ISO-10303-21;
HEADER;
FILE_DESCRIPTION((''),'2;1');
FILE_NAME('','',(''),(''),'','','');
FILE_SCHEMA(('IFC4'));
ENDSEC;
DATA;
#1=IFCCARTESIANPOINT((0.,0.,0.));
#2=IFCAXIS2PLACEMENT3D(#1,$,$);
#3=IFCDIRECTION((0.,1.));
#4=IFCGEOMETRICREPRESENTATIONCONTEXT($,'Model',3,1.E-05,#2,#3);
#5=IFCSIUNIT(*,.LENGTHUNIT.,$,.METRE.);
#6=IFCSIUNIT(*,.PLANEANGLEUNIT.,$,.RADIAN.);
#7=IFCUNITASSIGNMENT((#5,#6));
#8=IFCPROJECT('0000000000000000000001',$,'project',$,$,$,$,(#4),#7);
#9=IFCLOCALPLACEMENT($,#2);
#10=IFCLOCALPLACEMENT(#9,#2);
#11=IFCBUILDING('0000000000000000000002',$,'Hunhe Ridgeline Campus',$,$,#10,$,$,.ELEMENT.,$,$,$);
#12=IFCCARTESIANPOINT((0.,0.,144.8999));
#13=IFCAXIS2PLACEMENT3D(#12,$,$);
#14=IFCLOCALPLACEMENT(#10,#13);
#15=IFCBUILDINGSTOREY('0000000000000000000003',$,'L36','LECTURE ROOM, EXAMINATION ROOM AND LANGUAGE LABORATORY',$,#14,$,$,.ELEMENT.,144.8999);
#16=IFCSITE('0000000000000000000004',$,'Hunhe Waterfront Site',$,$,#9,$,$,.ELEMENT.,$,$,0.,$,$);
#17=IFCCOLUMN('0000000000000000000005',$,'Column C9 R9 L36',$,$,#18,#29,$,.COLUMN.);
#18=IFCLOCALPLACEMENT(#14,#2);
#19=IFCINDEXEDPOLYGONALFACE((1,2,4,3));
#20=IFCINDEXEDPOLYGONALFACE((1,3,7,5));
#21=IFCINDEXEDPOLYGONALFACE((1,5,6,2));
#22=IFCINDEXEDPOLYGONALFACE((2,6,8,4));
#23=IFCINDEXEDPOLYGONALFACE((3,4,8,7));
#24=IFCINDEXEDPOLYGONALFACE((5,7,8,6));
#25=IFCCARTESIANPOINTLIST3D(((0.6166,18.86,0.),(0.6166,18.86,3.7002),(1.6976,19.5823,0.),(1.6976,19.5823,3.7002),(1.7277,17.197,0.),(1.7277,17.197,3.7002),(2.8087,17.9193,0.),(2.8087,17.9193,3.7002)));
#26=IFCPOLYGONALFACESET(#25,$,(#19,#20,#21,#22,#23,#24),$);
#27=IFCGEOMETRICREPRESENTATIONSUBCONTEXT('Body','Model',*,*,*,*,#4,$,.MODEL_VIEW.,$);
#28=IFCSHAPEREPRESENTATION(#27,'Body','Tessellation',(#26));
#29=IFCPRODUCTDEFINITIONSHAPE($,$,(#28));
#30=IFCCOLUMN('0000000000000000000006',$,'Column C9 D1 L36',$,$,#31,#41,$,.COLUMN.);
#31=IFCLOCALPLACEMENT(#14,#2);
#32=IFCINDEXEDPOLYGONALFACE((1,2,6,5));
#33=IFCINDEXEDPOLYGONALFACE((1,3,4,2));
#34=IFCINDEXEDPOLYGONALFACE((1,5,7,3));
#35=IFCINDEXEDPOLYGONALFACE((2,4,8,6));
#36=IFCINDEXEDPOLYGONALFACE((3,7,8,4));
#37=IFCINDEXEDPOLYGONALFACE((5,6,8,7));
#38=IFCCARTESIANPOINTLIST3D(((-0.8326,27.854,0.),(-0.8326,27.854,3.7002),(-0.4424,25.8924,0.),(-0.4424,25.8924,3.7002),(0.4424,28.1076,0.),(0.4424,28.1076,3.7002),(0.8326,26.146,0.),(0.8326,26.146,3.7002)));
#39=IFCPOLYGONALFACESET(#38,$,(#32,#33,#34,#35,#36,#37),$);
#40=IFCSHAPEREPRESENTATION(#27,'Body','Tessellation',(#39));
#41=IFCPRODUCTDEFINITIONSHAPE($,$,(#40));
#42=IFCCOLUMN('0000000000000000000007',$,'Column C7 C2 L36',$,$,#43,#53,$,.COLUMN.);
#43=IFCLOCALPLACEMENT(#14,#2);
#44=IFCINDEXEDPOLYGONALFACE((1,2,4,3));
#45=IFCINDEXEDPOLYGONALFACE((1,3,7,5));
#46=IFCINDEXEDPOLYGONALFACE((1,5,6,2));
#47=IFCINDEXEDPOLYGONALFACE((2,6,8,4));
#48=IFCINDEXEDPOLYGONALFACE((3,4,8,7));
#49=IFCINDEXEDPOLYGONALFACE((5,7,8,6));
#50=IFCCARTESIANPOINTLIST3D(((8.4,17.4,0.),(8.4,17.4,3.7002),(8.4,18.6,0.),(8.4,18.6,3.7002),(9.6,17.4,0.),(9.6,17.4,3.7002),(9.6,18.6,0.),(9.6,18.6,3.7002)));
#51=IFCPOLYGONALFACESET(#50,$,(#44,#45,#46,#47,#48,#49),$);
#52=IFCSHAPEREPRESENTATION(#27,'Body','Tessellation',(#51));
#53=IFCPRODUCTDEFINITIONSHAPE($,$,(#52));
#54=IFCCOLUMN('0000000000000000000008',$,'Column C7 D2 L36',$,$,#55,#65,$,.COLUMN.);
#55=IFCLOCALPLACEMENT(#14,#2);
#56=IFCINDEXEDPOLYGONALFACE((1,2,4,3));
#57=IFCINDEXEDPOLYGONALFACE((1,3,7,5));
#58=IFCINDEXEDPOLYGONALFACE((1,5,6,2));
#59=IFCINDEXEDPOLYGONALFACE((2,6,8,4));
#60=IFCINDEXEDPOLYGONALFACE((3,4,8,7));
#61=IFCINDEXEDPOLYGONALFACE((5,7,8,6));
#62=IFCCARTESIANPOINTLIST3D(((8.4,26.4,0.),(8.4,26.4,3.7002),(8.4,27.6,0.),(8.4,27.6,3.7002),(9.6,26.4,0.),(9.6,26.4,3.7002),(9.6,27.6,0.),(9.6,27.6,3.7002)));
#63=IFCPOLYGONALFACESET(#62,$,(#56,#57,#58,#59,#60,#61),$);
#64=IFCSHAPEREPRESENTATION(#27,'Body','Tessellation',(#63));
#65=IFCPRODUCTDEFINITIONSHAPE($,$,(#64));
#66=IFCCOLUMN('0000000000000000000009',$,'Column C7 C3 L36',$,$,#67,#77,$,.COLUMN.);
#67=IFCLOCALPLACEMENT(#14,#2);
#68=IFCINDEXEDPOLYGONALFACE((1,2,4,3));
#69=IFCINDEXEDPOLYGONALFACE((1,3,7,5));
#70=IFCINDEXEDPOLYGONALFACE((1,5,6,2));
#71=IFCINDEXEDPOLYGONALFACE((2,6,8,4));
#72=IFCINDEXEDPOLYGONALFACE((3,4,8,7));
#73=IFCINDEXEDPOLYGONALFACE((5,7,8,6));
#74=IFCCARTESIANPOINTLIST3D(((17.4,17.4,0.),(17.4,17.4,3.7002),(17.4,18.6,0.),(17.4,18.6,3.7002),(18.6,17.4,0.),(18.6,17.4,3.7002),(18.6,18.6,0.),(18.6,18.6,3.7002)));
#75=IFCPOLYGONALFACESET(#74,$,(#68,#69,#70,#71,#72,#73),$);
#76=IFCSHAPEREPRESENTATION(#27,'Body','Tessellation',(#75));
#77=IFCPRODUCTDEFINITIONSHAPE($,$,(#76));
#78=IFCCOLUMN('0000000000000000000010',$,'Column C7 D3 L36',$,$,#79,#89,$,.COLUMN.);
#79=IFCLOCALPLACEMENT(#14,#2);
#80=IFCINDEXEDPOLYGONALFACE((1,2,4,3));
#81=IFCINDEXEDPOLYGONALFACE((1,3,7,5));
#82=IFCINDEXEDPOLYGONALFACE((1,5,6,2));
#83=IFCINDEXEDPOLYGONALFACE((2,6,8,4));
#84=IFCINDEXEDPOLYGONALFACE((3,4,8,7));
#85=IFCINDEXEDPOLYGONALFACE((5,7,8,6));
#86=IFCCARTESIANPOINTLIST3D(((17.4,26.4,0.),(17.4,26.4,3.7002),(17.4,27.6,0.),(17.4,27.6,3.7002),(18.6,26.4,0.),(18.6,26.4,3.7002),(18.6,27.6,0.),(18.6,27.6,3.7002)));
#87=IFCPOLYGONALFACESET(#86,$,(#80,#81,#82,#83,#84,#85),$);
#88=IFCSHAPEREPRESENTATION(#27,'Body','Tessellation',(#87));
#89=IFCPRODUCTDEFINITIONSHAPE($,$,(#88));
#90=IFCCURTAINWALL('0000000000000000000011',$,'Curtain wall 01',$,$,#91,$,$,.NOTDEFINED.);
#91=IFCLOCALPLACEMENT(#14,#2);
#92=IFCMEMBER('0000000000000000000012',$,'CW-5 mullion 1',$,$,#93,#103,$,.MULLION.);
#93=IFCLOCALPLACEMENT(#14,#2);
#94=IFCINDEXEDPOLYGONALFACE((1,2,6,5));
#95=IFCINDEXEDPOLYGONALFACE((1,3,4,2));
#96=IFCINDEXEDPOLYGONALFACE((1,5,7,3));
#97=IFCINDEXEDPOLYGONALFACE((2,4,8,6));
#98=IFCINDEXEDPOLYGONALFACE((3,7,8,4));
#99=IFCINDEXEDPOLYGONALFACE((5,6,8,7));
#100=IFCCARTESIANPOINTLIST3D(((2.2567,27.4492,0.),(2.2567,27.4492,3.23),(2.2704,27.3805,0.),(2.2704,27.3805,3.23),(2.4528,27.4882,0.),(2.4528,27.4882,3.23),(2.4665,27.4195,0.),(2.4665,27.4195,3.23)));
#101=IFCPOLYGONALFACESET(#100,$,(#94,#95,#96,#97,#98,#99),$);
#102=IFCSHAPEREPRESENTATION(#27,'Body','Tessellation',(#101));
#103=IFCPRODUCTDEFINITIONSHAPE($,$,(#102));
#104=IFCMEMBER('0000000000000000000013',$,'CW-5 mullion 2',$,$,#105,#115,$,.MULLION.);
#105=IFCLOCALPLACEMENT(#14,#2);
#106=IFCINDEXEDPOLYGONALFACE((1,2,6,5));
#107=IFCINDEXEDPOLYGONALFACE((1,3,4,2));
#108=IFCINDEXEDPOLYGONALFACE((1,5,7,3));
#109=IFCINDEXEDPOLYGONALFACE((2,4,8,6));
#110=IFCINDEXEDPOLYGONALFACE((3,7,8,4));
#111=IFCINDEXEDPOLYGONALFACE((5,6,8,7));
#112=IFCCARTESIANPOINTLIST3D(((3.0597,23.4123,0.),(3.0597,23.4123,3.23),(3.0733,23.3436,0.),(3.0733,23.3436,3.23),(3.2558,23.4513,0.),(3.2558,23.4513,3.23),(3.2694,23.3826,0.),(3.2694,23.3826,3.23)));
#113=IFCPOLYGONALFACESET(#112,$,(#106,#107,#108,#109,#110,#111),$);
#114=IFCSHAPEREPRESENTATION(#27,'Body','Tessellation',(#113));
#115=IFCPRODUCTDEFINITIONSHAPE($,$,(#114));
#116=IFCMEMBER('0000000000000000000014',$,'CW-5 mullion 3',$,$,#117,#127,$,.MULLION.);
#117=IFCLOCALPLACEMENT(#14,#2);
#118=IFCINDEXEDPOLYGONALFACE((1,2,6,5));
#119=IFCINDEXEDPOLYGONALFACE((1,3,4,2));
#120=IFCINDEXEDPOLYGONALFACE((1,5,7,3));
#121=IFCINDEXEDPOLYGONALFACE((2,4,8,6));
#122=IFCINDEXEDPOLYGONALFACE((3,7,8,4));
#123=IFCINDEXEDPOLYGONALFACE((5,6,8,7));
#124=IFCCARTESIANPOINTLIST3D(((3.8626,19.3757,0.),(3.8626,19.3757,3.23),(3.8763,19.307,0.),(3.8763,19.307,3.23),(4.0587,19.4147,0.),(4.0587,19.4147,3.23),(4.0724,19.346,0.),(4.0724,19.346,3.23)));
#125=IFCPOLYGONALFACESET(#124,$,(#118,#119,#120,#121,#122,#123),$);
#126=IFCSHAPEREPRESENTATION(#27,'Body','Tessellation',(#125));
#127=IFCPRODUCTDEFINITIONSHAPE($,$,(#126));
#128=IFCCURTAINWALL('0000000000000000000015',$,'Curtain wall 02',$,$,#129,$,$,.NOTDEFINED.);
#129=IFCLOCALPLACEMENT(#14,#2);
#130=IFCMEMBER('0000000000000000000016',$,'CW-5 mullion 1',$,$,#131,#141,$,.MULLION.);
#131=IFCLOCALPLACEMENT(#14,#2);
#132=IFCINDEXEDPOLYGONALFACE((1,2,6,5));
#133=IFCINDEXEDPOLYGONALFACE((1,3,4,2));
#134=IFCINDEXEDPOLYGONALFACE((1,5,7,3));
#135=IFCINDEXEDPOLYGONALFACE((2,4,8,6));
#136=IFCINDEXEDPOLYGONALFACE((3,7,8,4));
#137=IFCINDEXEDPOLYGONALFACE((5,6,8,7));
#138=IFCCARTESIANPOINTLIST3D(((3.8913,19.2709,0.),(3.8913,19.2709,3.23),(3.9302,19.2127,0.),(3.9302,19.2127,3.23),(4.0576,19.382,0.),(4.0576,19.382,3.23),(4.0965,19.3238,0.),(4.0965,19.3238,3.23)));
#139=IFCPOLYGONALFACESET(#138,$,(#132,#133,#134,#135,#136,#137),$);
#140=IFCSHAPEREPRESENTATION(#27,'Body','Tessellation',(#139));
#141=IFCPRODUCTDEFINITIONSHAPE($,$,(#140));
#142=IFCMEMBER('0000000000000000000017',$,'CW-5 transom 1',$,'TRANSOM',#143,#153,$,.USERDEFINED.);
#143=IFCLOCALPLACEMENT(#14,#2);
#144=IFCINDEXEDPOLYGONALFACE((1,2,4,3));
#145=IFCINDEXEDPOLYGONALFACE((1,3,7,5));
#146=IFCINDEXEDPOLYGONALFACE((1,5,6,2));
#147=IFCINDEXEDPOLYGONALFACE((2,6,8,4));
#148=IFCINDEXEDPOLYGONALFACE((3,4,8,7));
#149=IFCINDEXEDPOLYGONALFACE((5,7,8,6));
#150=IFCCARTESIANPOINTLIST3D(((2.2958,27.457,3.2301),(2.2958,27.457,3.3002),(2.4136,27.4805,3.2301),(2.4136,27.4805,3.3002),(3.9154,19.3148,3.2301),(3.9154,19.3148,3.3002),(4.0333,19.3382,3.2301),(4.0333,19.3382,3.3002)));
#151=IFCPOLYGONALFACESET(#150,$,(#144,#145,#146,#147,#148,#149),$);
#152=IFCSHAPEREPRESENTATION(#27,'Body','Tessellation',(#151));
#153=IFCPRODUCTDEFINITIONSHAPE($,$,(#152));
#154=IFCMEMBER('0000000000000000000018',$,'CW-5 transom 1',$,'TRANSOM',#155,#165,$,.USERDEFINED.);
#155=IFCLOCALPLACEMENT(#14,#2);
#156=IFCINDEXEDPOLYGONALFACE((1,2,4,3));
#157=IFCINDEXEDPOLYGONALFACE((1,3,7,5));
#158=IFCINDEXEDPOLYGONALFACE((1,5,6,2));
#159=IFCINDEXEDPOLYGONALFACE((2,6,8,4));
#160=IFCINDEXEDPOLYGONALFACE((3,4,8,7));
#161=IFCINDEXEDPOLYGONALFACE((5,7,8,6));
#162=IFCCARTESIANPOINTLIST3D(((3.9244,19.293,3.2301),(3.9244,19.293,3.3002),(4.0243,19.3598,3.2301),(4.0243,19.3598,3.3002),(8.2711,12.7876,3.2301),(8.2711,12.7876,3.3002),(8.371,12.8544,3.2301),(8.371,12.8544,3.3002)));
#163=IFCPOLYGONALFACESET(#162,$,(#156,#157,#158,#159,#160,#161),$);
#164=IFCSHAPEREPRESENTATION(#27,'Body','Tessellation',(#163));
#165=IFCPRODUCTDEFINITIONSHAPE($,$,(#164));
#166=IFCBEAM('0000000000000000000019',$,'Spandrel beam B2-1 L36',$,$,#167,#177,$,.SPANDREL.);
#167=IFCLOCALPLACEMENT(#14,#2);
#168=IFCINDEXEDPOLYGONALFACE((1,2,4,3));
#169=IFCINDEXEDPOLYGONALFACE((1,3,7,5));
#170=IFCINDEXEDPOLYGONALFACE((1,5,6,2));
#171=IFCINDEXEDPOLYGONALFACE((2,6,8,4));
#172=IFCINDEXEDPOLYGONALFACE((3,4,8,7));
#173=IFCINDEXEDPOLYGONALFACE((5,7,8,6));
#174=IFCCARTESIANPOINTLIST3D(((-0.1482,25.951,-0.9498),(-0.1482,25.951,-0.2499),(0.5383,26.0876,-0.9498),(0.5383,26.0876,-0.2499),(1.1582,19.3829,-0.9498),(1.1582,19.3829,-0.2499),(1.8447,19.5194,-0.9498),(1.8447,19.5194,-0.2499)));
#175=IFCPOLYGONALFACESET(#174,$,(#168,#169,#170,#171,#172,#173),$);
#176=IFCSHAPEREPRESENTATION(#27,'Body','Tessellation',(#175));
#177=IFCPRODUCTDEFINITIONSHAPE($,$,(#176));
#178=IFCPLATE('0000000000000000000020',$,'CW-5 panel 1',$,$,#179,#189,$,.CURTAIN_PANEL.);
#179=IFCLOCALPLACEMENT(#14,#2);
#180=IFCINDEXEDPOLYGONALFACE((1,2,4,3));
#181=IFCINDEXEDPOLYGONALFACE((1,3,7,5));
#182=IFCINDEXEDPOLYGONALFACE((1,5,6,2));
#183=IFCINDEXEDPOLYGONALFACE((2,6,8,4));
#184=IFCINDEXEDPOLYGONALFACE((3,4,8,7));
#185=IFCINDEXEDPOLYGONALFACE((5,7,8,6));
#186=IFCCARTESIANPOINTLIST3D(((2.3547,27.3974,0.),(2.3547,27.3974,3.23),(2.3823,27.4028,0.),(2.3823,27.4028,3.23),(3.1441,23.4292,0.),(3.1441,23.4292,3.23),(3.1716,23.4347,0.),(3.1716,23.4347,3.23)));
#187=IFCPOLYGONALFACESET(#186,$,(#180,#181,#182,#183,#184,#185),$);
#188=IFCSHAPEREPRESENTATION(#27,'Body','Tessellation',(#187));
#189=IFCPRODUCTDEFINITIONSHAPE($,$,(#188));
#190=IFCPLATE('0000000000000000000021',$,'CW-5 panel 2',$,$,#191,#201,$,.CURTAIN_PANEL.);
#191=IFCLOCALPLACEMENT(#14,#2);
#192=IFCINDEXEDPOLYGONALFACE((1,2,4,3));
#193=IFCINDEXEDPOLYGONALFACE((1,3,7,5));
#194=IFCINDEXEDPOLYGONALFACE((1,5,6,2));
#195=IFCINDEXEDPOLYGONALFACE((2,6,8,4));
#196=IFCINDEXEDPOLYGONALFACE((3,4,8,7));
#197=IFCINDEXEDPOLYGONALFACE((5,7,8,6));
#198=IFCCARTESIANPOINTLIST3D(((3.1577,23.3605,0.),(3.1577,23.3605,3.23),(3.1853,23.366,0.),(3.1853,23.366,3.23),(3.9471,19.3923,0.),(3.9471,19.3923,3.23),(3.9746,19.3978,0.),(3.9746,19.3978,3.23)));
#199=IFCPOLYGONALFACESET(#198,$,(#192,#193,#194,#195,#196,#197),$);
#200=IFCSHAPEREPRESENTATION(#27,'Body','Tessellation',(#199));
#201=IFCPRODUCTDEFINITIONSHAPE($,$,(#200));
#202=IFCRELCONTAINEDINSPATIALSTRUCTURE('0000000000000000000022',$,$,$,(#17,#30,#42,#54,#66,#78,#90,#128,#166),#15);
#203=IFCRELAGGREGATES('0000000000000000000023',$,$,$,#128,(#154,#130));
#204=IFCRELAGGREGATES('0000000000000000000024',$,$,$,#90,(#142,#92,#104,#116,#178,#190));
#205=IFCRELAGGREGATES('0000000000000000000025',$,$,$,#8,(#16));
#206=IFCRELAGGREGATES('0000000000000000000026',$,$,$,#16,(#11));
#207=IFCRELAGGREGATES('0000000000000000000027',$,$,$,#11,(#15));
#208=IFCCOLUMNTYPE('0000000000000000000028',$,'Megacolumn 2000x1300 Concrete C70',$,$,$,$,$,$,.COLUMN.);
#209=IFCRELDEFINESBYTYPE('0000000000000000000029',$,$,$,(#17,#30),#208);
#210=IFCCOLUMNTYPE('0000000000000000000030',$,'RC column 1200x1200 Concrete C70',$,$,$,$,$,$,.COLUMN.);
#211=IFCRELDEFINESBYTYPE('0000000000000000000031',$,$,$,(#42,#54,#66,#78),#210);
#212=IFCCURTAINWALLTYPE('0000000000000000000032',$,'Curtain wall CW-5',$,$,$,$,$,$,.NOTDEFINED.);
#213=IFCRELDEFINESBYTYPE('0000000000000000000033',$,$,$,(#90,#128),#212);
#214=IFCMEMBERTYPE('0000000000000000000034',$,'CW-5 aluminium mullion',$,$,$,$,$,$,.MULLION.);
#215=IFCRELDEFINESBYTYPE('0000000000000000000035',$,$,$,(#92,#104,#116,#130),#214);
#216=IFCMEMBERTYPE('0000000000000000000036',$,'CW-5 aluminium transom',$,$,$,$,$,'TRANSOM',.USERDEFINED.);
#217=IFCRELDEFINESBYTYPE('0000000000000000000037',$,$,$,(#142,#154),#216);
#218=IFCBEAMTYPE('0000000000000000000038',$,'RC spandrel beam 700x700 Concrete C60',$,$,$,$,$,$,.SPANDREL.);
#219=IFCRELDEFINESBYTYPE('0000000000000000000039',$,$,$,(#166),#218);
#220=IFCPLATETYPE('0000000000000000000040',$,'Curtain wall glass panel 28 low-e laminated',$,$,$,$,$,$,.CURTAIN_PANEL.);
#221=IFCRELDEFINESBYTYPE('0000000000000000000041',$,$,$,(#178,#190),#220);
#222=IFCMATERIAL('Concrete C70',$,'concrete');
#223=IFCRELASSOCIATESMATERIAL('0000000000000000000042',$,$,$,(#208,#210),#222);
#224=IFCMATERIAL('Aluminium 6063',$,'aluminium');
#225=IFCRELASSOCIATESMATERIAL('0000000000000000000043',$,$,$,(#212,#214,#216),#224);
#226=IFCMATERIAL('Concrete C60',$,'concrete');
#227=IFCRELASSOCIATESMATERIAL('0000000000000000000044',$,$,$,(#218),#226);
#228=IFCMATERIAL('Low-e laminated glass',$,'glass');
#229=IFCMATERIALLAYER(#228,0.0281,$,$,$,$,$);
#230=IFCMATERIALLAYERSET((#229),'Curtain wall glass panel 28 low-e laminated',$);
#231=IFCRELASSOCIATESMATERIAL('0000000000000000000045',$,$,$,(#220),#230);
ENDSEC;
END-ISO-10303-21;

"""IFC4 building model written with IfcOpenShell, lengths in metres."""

from ifc_helpers import new_model, si_unit, direction, frame, origin, origin_2d, place, context, subcontext, project, spatial, rectangle, extrude, material, layer, layer_set, material_profile, profile_set, type_object, element, aggregate, save


model = new_model("IFC4")

# Units and contexts
model_context = context("Model", 3, precision=1e-05, world=origin(), true_north=direction((0.0, 1.0)))
body_context = subcontext(model_context, "Body", "Model", "MODEL_VIEW")
ifc_project = project(units=[si_unit("LENGTHUNIT", "METRE"), si_unit("PLANEANGLEUNIT", "RADIAN")], contexts=[model_context])

# Site, building, storey
site_placement = place(None, origin())
site = spatial("IfcSite", under=ifc_project, at=site_placement, Name="Hunhe Waterfront Site", CompositionType="ELEMENT", RefElevation=0.0)
building_placement = place(site_placement, origin())
building = spatial("IfcBuilding", under=site, at=building_placement, Name="Hunhe Ridgeline Campus", CompositionType="ELEMENT")
storey_placement = place(building_placement, frame((0.0, 0.0, 144.8999)))
storey = spatial("IfcBuildingStorey", under=building, at=storey_placement, Name="L36", Description="LECTURE ROOM, EXAMINATION ROOM AND LANGUAGE LABORATORY", CompositionType="ELEMENT", Elevation=144.8999)

# Columns
ifc_material_1 = material(Name="Concrete C70", Category="concrete")
ifc_material_profile_1 = material_profile(ifc_material_1, rectangle(XDim=2.0, YDim=1.3, at=origin_2d()))
ifc_profile_set_1 = profile_set([ifc_material_profile_1], Name="Concrete C70")
column_type_1 = type_object("IfcColumnType", Name="Megacolumn 2000x1300 Concrete C70", PredefinedType="COLUMN", material=ifc_profile_set_1)
for number, where, z_axis, x_axis, name in (
    (1, (1.7126, 18.3896, 0.0), (0.0, 0.0, 1.0), (-0.55557, 0.83147, 0.0), "Column C9 R9 L36"),
    (2, (0.0, 27.0, 0.0), (0.0, 0.0, 1.0), (-0.19509, 0.980785, 0.0), "Column C9 D1 L36"),
):
    element("IfcColumn", number, at=place(storey_placement, frame(where, z_axis=z_axis, x_axis=x_axis)), inside=storey, type_object=column_type_1, Name=name, PredefinedType="COLUMN", context=body_context, shape_type="SweptSolid", body=[
        extrude(rectangle(XDim=2.0, YDim=1.3, at=origin_2d()), origin(), (0.0, 0.0, 1.0), 3.7002),
    ])
ifc_material_profile_2 = material_profile(ifc_material_1, rectangle(XDim=1.2, YDim=1.2, at=origin_2d()))
ifc_profile_set_2 = profile_set([ifc_material_profile_2], Name="Concrete C70")
column_type_2 = type_object("IfcColumnType", Name="RC column 1200x1200 Concrete C70", PredefinedType="COLUMN", material=ifc_profile_set_2)
for number, where, z_axis, x_axis, name in (
    (3, (9.0, 18.0, 0.0), (0.0, 0.0, 1.0), (1.0, 0.0, 0.0), "Column C7 C2 L36"),
    (4, (9.0, 27.0, 0.0), (0.0, 0.0, 1.0), (1.0, 0.0, 0.0), "Column C7 D2 L36"),
    (5, (18.0, 18.0, 0.0), (0.0, 0.0, 1.0), (1.0, 0.0, 0.0), "Column C7 C3 L36"),
    (6, (18.0, 27.0, 0.0), (0.0, 0.0, 1.0), (1.0, 0.0, 0.0), "Column C7 D3 L36"),
):
    element("IfcColumn", number, at=place(storey_placement, frame(where, z_axis=z_axis, x_axis=x_axis)), inside=storey, type_object=column_type_2, Name=name, PredefinedType="COLUMN", context=body_context, shape_type="SweptSolid", body=[
        extrude(rectangle(XDim=1.2, YDim=1.2, at=origin_2d()), origin(), (0.0, 0.0, 1.0), 3.7002),
    ])

# Curtain wall, members
ifc_material_2 = material(Name="Aluminium 6063", Category="aluminium")
curtain_wall_type = type_object("IfcCurtainWallType", Name="Curtain wall CW-5", PredefinedType="NOTDEFINED", material=ifc_material_2)
curtain_wall_1_placement = place(storey_placement, origin())
curtain_wall_1 = element("IfcCurtainWall", 7, at=curtain_wall_1_placement, inside=storey, type_object=curtain_wall_type, Name="Curtain wall 01", PredefinedType="NOTDEFINED")
ifc_material_profile_3 = material_profile(ifc_material_2, rectangle(XDim=0.2, YDim=0.0701, at=origin_2d()))
ifc_profile_set_3 = profile_set([ifc_material_profile_3], Name="Aluminium 6063")
member_type_1 = type_object("IfcMemberType", Name="CW-5 aluminium mullion", PredefinedType="MULLION", material=ifc_profile_set_3)
member_1_placement = place(storey_placement, frame((2.3616, 27.4343, 0.0), z_axis=(0.0, 0.0, 1.0), x_axis=(0.980784, 0.195095, 0.0)))
member_1 = element("IfcMember", 8, at=member_1_placement, type_object=member_type_1, Name="CW-5 mullion 1", PredefinedType="MULLION", context=body_context, shape_type="SweptSolid", body=[
    extrude(rectangle(XDim=0.2, YDim=0.0701, at=origin_2d()), origin(), (0.0, 0.0, 1.0), 3.23),
])
member_2_placement = place(storey_placement, frame((3.1646, 23.3975, 0.0), z_axis=(0.0, 0.0, 1.0), x_axis=(0.980784, 0.195095, 0.0)))
member_2 = element("IfcMember", 9, at=member_2_placement, type_object=member_type_1, Name="CW-5 mullion 2", PredefinedType="MULLION", context=body_context, shape_type="SweptSolid", body=[
    extrude(rectangle(XDim=0.2, YDim=0.0701, at=origin_2d()), origin(), (0.0, 0.0, 1.0), 3.23),
])
member_3_placement = place(storey_placement, frame((3.9675, 19.3608, 0.0), z_axis=(0.0, 0.0, 1.0), x_axis=(0.980784, 0.195095, 0.0)))
member_3 = element("IfcMember", 10, at=member_3_placement, type_object=member_type_1, Name="CW-5 mullion 3", PredefinedType="MULLION", context=body_context, shape_type="SweptSolid", body=[
    extrude(rectangle(XDim=0.2, YDim=0.0701, at=origin_2d()), origin(), (0.0, 0.0, 1.0), 3.23),
])

# Curtain wall, member
curtain_wall_2_placement = place(storey_placement, origin())
curtain_wall_2 = element("IfcCurtainWall", 11, at=curtain_wall_2_placement, inside=storey, type_object=curtain_wall_type, Name="Curtain wall 02", PredefinedType="NOTDEFINED")
member_4_placement = place(storey_placement, frame((3.9939, 19.2974, 0.0), z_axis=(0.0, 0.0, 1.0), x_axis=(0.83147, 0.55557, 0.0)))
member_4 = element("IfcMember", 12, at=member_4_placement, type_object=member_type_1, Name="CW-5 mullion 1", PredefinedType="MULLION", context=body_context, shape_type="SweptSolid", body=[
    extrude(rectangle(XDim=0.2, YDim=0.0701, at=origin_2d()), origin(), (0.0, 0.0, 1.0), 3.23),
])

# Members
ifc_material_profile_4 = material_profile(ifc_material_2, rectangle(XDim=0.1201, YDim=0.0701, at=origin_2d()))
ifc_profile_set_4 = profile_set([ifc_material_profile_4], Name="Aluminium 6063")
member_type_2 = type_object("IfcMemberType", Name="CW-5 aluminium transom", ElementType="TRANSOM", PredefinedType="USERDEFINED", material=ifc_profile_set_4)
member_5_placement = place(storey_placement, frame((2.3547, 27.4688, 3.2651), z_axis=(0.195092, -0.980785, 0.0), x_axis=(0.980785, 0.195092, 0.0)))
member_5 = element("IfcMember", 13, at=member_5_placement, type_object=member_type_2, Name="CW-5 transom 1", ObjectType="TRANSOM", PredefinedType="USERDEFINED", context=body_context, shape_type="SweptSolid", body=[
    extrude(rectangle(XDim=0.1201, YDim=0.0701, at=origin_2d()), origin(), (0.0, 0.0, 1.0), 8.3018),
])
member_6_placement = place(storey_placement, frame((3.9744, 19.3264, 3.2651), z_axis=(0.555564, -0.831474, 0.0), x_axis=(0.831474, 0.555564, 0.0)))
member_6 = element("IfcMember", 14, at=member_6_placement, type_object=member_type_2, Name="CW-5 transom 1", ObjectType="TRANSOM", PredefinedType="USERDEFINED", context=body_context, shape_type="SweptSolid", body=[
    extrude(rectangle(XDim=0.1201, YDim=0.0701, at=origin_2d()), origin(), (0.0, 0.0, 1.0), 7.824),
])
aggregate(curtain_wall_2, [member_6, member_4])

# Beam
ifc_material_3 = material(Name="Concrete C60", Category="concrete")
ifc_material_profile_5 = material_profile(ifc_material_3, rectangle(XDim=0.7, YDim=0.7, at=origin_2d()))
ifc_profile_set_5 = profile_set([ifc_material_profile_5], Name="Concrete C60")
beam_type = type_object("IfcBeamType", Name="RC spandrel beam 700x700 Concrete C60", PredefinedType="SPANDREL", material=ifc_profile_set_5)
beam_placement = place(storey_placement, frame((0.1951, 26.0193, -0.5999), z_axis=(0.195078, -0.980788, 0.0), x_axis=(0.980788, 0.195078, 0.0)))
element("IfcBeam", 15, at=beam_placement, inside=storey, type_object=beam_type, Name="Spandrel beam B2-1 L36", PredefinedType="SPANDREL", context=body_context, shape_type="SweptSolid", body=[
    extrude(rectangle(XDim=0.7, YDim=0.7, at=origin_2d()), origin(), (0.0, 0.0, 1.0), 6.6968),
])

# Plates
ifc_material_4 = material(Name="Low-e laminated glass", Category="glass")
ifc_layer_1 = layer(ifc_material_4, 0.0281)
ifc_layer_set_1 = layer_set([ifc_layer_1], Name="Curtain wall glass panel 28 low-e laminated")
plate_type = type_object("IfcPlateType", Name="Curtain wall glass panel 28 low-e laminated", PredefinedType="CURTAIN_PANEL", material=ifc_layer_set_1)
plate_1_placement = place(storey_placement, frame((2.7632, 25.416, 0.0), z_axis=(0.0, 0.0, 1.0), x_axis=(0.195095, -0.980784, 0.0)))
plate_1 = element("IfcPlate", 16, at=plate_1_placement, type_object=plate_type, Name="CW-5 panel 1", PredefinedType="CURTAIN_PANEL", context=body_context, shape_type="SweptSolid", body=[
    extrude(rectangle(XDim=4.0459, YDim=0.0281, at=origin_2d()), origin(), (0.0, 0.0, 1.0), 3.23),
])
plate_2_placement = place(storey_placement, frame((3.5662, 21.3792, 0.0), z_axis=(0.0, 0.0, 1.0), x_axis=(0.195095, -0.980784, 0.0)))
plate_2 = element("IfcPlate", 17, at=plate_2_placement, type_object=plate_type, Name="CW-5 panel 2", PredefinedType="CURTAIN_PANEL", context=body_context, shape_type="SweptSolid", body=[
    extrude(rectangle(XDim=4.0459, YDim=0.0281, at=origin_2d()), origin(), (0.0, 0.0, 1.0), 3.23),
])
aggregate(curtain_wall_1, [member_5, member_1, member_2, member_3, plate_1, plate_2])

save(model, "model.ifc")
